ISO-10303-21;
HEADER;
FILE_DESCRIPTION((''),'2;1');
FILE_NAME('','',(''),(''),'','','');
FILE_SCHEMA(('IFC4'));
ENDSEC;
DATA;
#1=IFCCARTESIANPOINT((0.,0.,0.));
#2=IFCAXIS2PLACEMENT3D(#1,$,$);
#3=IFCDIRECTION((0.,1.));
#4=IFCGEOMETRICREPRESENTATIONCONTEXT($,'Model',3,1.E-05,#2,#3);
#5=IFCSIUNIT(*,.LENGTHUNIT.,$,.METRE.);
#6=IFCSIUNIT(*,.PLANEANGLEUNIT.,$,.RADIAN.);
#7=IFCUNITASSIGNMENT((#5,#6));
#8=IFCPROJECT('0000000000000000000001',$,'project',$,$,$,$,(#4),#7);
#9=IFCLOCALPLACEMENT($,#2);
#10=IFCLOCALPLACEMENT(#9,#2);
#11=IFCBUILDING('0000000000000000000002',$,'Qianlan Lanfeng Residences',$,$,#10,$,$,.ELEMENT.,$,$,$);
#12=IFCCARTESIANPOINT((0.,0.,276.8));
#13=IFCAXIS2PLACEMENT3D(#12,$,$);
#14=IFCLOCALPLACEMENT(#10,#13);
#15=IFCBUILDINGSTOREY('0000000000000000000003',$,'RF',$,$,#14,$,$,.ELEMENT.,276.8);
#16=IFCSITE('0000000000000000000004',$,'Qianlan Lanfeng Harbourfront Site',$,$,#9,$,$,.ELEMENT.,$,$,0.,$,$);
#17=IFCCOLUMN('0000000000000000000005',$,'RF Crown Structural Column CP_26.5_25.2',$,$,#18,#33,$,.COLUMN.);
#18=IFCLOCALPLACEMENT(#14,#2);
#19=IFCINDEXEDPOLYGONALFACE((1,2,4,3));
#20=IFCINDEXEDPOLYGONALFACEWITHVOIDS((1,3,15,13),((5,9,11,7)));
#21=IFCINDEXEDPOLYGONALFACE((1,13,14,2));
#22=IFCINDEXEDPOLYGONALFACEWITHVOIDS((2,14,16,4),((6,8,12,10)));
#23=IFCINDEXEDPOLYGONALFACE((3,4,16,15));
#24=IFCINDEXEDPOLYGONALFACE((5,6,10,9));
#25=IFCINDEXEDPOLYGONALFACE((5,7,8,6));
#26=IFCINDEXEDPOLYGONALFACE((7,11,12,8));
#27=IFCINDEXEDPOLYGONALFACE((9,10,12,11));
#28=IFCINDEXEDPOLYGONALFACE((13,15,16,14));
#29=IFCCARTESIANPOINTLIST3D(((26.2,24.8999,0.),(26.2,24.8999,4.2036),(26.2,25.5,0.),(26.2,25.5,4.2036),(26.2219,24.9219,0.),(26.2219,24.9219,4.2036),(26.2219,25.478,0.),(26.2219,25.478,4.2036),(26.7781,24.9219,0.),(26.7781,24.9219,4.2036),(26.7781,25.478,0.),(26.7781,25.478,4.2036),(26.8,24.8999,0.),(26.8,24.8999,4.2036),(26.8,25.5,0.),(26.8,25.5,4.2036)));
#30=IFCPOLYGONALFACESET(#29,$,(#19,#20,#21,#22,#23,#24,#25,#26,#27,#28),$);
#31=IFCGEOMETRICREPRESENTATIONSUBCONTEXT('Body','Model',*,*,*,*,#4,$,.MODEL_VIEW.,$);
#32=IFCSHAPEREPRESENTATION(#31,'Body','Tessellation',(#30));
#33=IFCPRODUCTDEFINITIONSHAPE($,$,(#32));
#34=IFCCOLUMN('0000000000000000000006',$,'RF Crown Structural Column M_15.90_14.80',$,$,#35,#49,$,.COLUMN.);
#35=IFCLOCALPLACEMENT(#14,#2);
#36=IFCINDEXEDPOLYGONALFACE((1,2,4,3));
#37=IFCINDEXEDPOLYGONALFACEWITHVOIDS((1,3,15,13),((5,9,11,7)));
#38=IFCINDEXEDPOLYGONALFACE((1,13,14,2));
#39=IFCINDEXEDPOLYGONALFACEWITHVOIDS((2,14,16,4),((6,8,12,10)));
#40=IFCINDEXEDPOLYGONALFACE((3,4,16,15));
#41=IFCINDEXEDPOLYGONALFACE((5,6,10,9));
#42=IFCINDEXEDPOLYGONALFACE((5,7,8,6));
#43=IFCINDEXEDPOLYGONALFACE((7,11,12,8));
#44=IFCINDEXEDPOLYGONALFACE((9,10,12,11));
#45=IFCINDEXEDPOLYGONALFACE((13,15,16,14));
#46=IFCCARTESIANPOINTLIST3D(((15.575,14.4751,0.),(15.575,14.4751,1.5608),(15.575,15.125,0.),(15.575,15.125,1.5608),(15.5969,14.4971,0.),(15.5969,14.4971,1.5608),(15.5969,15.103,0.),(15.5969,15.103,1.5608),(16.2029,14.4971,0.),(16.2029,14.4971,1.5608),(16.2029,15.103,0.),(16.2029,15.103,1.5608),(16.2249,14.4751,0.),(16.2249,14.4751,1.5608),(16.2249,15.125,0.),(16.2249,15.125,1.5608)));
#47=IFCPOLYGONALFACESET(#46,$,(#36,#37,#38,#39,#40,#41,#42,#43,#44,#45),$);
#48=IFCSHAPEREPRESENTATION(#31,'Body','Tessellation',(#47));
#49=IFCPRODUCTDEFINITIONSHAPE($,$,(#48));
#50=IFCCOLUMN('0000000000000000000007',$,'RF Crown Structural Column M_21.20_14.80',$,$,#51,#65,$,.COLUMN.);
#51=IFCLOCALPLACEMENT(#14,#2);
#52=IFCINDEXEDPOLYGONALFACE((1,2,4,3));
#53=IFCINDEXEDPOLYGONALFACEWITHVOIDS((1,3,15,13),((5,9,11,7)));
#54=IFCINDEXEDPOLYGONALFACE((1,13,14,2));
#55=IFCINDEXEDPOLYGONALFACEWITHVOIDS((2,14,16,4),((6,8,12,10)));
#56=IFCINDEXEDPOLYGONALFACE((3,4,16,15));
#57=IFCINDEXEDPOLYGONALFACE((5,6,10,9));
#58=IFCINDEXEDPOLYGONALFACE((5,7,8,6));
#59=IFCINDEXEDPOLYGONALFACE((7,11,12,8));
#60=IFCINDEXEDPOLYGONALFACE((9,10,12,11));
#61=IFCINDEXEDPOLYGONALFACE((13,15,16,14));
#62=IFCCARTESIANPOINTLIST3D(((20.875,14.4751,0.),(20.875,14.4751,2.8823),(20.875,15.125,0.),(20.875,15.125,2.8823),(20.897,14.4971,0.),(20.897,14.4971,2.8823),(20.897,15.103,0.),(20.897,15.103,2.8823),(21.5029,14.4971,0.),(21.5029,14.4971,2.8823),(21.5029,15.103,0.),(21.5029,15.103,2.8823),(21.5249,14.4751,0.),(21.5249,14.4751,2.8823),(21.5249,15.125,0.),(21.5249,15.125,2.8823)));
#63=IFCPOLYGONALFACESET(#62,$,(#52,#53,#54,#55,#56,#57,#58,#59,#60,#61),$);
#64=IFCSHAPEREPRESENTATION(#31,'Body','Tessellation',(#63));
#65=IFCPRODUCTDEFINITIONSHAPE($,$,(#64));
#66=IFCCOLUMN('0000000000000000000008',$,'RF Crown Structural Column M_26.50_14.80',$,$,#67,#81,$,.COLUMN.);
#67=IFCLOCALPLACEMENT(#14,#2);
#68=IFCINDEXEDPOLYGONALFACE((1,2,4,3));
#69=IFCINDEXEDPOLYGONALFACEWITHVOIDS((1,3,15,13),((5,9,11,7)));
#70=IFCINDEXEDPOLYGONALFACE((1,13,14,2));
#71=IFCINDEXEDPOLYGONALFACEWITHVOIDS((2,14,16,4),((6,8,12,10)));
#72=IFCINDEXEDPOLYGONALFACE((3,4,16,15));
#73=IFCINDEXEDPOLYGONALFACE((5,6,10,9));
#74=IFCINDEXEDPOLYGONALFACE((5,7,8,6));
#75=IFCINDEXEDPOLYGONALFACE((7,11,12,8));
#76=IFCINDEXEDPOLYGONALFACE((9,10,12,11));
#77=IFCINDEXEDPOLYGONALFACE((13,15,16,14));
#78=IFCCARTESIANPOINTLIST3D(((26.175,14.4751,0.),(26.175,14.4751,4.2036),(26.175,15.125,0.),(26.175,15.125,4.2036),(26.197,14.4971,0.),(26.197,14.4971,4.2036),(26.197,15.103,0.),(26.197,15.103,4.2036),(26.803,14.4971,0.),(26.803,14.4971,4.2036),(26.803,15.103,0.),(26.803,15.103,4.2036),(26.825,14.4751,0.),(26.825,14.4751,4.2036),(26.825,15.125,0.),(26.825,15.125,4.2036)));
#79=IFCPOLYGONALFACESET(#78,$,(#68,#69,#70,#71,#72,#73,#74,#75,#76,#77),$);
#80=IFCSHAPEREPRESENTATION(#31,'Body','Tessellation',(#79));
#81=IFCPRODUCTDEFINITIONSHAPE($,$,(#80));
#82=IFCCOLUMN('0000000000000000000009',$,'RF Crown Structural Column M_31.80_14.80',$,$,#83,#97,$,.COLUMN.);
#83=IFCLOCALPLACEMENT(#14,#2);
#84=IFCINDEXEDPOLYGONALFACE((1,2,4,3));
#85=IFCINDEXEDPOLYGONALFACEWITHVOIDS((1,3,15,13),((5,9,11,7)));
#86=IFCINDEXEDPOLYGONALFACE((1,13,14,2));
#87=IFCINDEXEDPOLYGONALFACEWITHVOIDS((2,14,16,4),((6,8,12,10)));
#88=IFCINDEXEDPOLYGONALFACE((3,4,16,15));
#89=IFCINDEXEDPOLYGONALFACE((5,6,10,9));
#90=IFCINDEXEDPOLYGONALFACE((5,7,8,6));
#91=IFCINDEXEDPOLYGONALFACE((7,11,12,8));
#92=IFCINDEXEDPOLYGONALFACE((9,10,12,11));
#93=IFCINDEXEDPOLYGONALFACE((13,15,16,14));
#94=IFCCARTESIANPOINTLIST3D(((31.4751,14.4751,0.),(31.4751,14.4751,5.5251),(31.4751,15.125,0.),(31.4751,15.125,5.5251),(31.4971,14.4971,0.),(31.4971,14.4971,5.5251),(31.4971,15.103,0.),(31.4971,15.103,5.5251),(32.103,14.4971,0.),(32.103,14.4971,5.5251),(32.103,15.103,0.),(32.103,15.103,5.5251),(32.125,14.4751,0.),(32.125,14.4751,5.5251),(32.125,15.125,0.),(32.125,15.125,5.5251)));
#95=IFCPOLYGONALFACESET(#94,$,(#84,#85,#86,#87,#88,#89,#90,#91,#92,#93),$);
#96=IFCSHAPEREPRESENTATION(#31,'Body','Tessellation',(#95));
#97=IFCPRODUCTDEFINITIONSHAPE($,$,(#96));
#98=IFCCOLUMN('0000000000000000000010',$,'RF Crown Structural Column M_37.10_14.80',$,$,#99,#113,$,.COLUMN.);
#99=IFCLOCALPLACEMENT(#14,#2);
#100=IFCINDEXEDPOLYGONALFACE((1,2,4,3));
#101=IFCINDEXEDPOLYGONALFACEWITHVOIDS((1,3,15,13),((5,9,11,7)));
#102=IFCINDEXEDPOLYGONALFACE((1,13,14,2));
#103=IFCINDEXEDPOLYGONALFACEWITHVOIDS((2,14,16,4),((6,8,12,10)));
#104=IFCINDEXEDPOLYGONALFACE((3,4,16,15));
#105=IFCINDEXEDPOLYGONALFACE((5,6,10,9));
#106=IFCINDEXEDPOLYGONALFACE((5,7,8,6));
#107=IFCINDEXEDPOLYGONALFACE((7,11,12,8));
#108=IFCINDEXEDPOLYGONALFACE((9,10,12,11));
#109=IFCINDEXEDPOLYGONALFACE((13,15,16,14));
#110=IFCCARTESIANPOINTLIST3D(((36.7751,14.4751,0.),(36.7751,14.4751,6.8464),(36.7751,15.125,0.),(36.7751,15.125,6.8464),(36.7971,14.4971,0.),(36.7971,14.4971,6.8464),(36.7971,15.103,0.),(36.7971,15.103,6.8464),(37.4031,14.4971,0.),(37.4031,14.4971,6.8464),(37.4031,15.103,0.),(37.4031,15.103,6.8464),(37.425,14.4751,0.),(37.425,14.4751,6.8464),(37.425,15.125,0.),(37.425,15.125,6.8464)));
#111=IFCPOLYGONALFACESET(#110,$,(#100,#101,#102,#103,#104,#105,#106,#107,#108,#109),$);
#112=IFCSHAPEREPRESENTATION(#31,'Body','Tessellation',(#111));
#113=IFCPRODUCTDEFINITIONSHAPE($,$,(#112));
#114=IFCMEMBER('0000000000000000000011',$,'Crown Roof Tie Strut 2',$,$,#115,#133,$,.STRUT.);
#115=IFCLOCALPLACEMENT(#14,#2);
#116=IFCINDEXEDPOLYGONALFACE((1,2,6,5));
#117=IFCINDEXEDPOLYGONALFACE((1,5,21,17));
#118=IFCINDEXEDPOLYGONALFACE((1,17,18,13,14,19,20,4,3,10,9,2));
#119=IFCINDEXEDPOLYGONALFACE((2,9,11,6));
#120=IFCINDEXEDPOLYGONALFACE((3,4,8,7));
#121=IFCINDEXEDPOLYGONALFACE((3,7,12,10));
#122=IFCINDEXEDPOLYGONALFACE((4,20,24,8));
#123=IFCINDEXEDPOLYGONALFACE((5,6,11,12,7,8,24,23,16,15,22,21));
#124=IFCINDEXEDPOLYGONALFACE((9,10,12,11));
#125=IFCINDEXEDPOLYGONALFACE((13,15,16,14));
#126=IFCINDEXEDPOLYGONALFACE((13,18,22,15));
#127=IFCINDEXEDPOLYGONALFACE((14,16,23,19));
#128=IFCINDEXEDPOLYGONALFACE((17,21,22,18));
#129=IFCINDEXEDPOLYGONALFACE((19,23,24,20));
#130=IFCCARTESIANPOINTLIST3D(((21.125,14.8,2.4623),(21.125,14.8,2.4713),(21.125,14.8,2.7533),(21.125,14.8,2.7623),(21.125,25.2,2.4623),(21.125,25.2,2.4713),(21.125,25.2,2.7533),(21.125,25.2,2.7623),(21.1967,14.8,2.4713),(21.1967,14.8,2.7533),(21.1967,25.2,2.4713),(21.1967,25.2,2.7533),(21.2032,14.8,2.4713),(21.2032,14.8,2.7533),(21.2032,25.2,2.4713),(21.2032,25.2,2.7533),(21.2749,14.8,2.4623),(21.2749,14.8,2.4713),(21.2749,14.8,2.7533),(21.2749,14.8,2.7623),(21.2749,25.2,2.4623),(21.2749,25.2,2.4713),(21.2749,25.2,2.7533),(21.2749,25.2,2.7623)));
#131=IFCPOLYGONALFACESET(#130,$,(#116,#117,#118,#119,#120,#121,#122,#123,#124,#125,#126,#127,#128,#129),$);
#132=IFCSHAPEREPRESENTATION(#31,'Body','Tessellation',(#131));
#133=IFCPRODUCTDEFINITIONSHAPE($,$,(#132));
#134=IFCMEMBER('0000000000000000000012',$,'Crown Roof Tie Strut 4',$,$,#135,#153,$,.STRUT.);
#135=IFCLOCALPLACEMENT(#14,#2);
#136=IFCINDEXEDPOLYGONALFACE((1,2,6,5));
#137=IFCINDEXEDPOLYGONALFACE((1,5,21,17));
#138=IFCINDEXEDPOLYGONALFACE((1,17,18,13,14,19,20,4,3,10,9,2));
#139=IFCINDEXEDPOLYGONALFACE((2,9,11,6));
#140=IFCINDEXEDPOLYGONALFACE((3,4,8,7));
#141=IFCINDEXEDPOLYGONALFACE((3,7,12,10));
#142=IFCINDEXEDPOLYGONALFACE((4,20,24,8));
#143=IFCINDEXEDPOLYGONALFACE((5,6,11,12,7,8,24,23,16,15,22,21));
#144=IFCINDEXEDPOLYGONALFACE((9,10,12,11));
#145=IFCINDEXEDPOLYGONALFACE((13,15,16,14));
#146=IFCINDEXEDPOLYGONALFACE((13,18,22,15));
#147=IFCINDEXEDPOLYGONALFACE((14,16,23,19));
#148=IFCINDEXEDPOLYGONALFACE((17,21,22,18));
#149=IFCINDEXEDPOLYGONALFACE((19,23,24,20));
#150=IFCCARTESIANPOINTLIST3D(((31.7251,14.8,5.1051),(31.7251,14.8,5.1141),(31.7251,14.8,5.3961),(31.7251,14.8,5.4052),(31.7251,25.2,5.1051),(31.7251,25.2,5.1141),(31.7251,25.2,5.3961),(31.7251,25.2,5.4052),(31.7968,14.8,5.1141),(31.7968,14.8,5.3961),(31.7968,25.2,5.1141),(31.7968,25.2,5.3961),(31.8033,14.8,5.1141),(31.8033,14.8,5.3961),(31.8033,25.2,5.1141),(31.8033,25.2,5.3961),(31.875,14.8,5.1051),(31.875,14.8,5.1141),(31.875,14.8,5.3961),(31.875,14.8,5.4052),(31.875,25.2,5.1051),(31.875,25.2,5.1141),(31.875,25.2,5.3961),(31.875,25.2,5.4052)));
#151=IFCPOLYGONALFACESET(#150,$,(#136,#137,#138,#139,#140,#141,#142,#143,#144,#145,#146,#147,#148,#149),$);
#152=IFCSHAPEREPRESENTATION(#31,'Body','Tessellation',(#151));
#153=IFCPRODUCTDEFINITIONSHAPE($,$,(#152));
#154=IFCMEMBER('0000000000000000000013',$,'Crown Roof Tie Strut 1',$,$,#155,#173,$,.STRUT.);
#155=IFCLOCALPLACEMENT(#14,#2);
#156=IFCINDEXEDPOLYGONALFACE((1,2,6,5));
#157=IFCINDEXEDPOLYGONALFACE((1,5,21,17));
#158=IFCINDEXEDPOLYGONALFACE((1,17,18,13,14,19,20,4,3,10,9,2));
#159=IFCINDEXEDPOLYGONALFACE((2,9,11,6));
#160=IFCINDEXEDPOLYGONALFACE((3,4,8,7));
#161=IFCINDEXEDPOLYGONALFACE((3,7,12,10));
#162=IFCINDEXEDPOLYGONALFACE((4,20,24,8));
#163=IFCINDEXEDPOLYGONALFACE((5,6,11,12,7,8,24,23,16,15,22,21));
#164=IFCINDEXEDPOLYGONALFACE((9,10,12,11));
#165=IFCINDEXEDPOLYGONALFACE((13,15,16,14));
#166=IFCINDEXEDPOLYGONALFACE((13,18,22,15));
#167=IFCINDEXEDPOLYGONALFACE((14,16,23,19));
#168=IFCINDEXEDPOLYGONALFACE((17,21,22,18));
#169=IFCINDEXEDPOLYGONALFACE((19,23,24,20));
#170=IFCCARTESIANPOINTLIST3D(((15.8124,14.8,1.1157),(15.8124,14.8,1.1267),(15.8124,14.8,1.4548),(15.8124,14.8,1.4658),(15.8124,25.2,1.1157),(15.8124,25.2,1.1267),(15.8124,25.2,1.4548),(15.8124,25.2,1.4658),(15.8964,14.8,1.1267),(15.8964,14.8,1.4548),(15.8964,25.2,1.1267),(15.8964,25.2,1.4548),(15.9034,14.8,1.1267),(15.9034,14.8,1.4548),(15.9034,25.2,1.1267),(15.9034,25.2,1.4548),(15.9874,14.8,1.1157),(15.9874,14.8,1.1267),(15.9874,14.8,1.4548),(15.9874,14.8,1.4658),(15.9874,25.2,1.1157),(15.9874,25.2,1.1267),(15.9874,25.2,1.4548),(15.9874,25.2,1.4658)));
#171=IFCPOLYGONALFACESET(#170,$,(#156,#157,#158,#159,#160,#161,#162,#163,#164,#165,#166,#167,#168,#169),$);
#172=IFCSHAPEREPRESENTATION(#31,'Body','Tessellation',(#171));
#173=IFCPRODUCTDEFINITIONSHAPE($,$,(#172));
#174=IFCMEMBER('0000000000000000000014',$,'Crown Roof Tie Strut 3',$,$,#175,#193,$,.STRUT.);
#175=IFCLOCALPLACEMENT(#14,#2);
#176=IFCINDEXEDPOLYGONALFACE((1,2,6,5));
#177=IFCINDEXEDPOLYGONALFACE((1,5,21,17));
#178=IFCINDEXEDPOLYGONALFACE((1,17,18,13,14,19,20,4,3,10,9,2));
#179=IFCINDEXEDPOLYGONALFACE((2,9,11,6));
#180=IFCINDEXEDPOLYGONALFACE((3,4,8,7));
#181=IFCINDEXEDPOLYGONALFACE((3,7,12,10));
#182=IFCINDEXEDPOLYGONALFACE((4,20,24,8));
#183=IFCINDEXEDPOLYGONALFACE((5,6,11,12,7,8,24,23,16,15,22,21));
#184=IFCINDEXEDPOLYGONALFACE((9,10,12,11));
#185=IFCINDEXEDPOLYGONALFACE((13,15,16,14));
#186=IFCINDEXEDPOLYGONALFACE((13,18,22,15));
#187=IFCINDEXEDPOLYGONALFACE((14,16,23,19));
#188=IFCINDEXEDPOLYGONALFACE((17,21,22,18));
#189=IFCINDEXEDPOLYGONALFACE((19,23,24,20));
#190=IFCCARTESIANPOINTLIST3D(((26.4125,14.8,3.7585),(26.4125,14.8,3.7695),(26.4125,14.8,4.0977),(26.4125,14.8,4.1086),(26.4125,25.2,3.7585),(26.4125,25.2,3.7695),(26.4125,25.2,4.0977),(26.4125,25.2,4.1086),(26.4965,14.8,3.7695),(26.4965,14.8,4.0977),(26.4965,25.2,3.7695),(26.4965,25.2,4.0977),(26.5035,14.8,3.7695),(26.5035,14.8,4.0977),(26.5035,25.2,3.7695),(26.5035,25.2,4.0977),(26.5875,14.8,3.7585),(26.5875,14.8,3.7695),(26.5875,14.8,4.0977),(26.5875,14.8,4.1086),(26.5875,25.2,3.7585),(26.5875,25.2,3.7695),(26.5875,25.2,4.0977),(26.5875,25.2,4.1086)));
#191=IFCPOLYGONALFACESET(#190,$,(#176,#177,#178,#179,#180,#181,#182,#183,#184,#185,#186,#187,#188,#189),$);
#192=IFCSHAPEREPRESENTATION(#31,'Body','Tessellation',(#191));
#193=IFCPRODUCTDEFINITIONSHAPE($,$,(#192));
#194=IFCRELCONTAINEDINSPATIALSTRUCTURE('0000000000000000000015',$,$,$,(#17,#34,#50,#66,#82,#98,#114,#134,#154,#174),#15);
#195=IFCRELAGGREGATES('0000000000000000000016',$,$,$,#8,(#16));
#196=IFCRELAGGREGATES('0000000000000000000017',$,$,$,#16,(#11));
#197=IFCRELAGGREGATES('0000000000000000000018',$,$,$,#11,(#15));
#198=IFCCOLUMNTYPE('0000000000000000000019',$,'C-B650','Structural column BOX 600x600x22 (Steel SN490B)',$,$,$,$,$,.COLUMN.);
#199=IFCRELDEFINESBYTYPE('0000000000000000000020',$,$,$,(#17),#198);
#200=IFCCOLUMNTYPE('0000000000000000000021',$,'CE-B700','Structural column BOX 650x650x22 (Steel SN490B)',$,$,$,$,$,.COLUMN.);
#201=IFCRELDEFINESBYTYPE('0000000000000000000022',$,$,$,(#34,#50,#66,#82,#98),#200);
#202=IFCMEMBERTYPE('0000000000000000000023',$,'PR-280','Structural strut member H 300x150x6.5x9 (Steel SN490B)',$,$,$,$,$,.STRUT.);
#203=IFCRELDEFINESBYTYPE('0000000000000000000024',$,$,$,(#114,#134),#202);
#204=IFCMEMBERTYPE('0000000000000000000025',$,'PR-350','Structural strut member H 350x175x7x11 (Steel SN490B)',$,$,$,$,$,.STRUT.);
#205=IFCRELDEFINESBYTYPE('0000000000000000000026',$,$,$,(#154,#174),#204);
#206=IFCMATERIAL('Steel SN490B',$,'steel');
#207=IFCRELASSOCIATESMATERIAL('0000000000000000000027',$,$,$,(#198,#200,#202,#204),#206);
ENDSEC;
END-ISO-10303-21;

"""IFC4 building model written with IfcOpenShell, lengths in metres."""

from ifc_helpers import new_model, si_unit, direction, frame, origin, origin_2d, place, context, subcontext, project, spatial, hollow_rectangle, i_section, extrude, material, material_profile, profile_set, type_object, element, save


model = new_model("IFC4")

# Units and contexts
model_context = context("Model", 3, precision=1e-05, world=origin(), true_north=direction((0.0, 1.0)))
body_context = subcontext(model_context, "Body", "Model", "MODEL_VIEW")
ifc_project = project(units=[si_unit("LENGTHUNIT", "METRE"), si_unit("PLANEANGLEUNIT", "RADIAN")], contexts=[model_context])

# Site, building, storey
site_placement = place(None, origin())
site = spatial("IfcSite", under=ifc_project, at=site_placement, Name="Qianlan Lanfeng Harbourfront Site", CompositionType="ELEMENT", RefElevation=0.0)
building_placement = place(site_placement, origin())
building = spatial("IfcBuilding", under=site, at=building_placement, Name="Qianlan Lanfeng Residences", CompositionType="ELEMENT")
storey_placement = place(building_placement, frame((0.0, 0.0, 276.8)))
storey = spatial("IfcBuildingStorey", under=building, at=storey_placement, Name="RF", CompositionType="ELEMENT", Elevation=276.8)

# Columns
ifc_material_1 = material(Name="Steel SN490B", Category="steel")
ifc_material_profile_1 = material_profile(ifc_material_1, hollow_rectangle(XDim=0.6001, YDim=0.6001, WallThickness=0.022, at=origin_2d()), Name="BOX 600x600x22")
ifc_profile_set_1 = profile_set([ifc_material_profile_1], Name="Steel SN490B")
column_type_1 = type_object("IfcColumnType", Name="C-B650", Description="Structural column BOX 600x600x22 (Steel SN490B)", PredefinedType="COLUMN", material=ifc_profile_set_1)
column_1_placement = place(storey_placement, frame((26.5, 25.2, 0.0), z_axis=(0.0, 0.0, 1.0), x_axis=(1.0, 0.0, 0.0)))
element("IfcColumn", 1, at=column_1_placement, inside=storey, type_object=column_type_1, Name="RF Crown Structural Column CP_26.5_25.2", PredefinedType="COLUMN", context=body_context, shape_type="SweptSolid", body=[
    extrude(hollow_rectangle(XDim=0.6001, YDim=0.6001, WallThickness=0.022, at=origin_2d()), origin(), (0.0, 0.0, 1.0), 4.2036),
])
ifc_material_profile_2 = material_profile(ifc_material_1, hollow_rectangle(XDim=0.6499, YDim=0.6499, WallThickness=0.022, at=origin_2d()), Name="BOX 650x650x22")
ifc_profile_set_2 = profile_set([ifc_material_profile_2], Name="Steel SN490B")
column_type_2 = type_object("IfcColumnType", Name="CE-B700", Description="Structural column BOX 650x650x22 (Steel SN490B)", PredefinedType="COLUMN", material=ifc_profile_set_2)
column_2_placement = place(storey_placement, frame((15.8999, 14.8, 0.0), z_axis=(0.0, 0.0, 1.0), x_axis=(1.0, 0.0, 0.0)))
element("IfcColumn", 2, at=column_2_placement, inside=storey, type_object=column_type_2, Name="RF Crown Structural Column M_15.90_14.80", PredefinedType="COLUMN", context=body_context, shape_type="SweptSolid", body=[
    extrude(hollow_rectangle(XDim=0.6499, YDim=0.6499, WallThickness=0.022, at=origin_2d()), origin(), (0.0, 0.0, 1.0), 1.5608),
])
column_3_placement = place(storey_placement, frame((21.2, 14.8, 0.0), z_axis=(0.0, 0.0, 1.0), x_axis=(1.0, 0.0, 0.0)))
element("IfcColumn", 3, at=column_3_placement, inside=storey, type_object=column_type_2, Name="RF Crown Structural Column M_21.20_14.80", PredefinedType="COLUMN", context=body_context, shape_type="SweptSolid", body=[
    extrude(hollow_rectangle(XDim=0.6499, YDim=0.6499, WallThickness=0.022, at=origin_2d()), origin(), (0.0, 0.0, 1.0), 2.8823),
])
column_4_placement = place(storey_placement, frame((26.5, 14.8, 0.0), z_axis=(0.0, 0.0, 1.0), x_axis=(1.0, 0.0, 0.0)))
element("IfcColumn", 4, at=column_4_placement, inside=storey, type_object=column_type_2, Name="RF Crown Structural Column M_26.50_14.80", PredefinedType="COLUMN", context=body_context, shape_type="SweptSolid", body=[
    extrude(hollow_rectangle(XDim=0.6499, YDim=0.6499, WallThickness=0.022, at=origin_2d()), origin(), (0.0, 0.0, 1.0), 4.2036),
])
column_5_placement = place(storey_placement, frame((31.8, 14.8, 0.0), z_axis=(0.0, 0.0, 1.0), x_axis=(1.0, 0.0, 0.0)))
element("IfcColumn", 5, at=column_5_placement, inside=storey, type_object=column_type_2, Name="RF Crown Structural Column M_31.80_14.80", PredefinedType="COLUMN", context=body_context, shape_type="SweptSolid", body=[
    extrude(hollow_rectangle(XDim=0.6499, YDim=0.6499, WallThickness=0.022, at=origin_2d()), origin(), (0.0, 0.0, 1.0), 5.5251),
])
column_6_placement = place(storey_placement, frame((37.1001, 14.8, 0.0), z_axis=(0.0, 0.0, 1.0), x_axis=(1.0, 0.0, 0.0)))
element("IfcColumn", 6, at=column_6_placement, inside=storey, type_object=column_type_2, Name="RF Crown Structural Column M_37.10_14.80", PredefinedType="COLUMN", context=body_context, shape_type="SweptSolid", body=[
    extrude(hollow_rectangle(XDim=0.6499, YDim=0.6499, WallThickness=0.022, at=origin_2d()), origin(), (0.0, 0.0, 1.0), 6.8464),
])

# Members
ifc_material_profile_3 = material_profile(ifc_material_1, i_section(OverallWidth=0.1499, OverallDepth=0.3, WebThickness=0.0066, FlangeThickness=0.009, at=origin_2d()), Name="H 300x150x6.5x9")
ifc_profile_set_3 = profile_set([ifc_material_profile_3], Name="Steel SN490B")
member_type_1 = type_object("IfcMemberType", Name="PR-280", Description="Structural strut member H 300x150x6.5x9 (Steel SN490B)", PredefinedType="STRUT", material=ifc_profile_set_3)
for number, where, z_axis, x_axis, name in (
    (7, (21.2, 14.8, 2.6123), (0.0, 1.0, 0.0), (-1.0, 0.0, 0.0), "Crown Roof Tie Strut 2"),
    (8, (31.8, 14.8, 5.2551), (0.0, 1.0, 0.0), (-1.0, 0.0, 0.0), "Crown Roof Tie Strut 4"),
):
    element("IfcMember", number, at=place(storey_placement, frame(where, z_axis=z_axis, x_axis=x_axis)), inside=storey, type_object=member_type_1, Name=name, PredefinedType="STRUT", context=body_context, shape_type="SweptSolid", body=[
        extrude(i_section(OverallWidth=0.1499, OverallDepth=0.3, WebThickness=0.0066, FlangeThickness=0.009, at=origin_2d()), origin(), (0.0, 0.0, 1.0), 10.3999),
    ])
ifc_material_profile_4 = material_profile(ifc_material_1, i_section(OverallWidth=0.175, OverallDepth=0.3501, WebThickness=0.0071, FlangeThickness=0.011, at=origin_2d()), Name="H 350x175x7x11")
ifc_profile_set_4 = profile_set([ifc_material_profile_4], Name="Steel SN490B")
member_type_2 = type_object("IfcMemberType", Name="PR-350", Description="Structural strut member H 350x175x7x11 (Steel SN490B)", PredefinedType="STRUT", material=ifc_profile_set_4)
for number, where, z_axis, x_axis, name in (
    (9, (15.8999, 14.8, 1.2908), (0.0, 1.0, 0.0), (-1.0, 0.0, 0.0), "Crown Roof Tie Strut 1"),
    (10, (26.5, 14.8, 3.9336), (0.0, 1.0, 0.0), (-1.0, 0.0, 0.0), "Crown Roof Tie Strut 3"),
):
    element("IfcMember", number, at=place(storey_placement, frame(where, z_axis=z_axis, x_axis=x_axis)), inside=storey, type_object=member_type_2, Name=name, PredefinedType="STRUT", context=body_context, shape_type="SweptSolid", body=[
        extrude(i_section(OverallWidth=0.175, OverallDepth=0.3501, WebThickness=0.0071, FlangeThickness=0.011, at=origin_2d()), origin(), (0.0, 0.0, 1.0), 10.3999),
    ])

save(model, "model.ifc")
